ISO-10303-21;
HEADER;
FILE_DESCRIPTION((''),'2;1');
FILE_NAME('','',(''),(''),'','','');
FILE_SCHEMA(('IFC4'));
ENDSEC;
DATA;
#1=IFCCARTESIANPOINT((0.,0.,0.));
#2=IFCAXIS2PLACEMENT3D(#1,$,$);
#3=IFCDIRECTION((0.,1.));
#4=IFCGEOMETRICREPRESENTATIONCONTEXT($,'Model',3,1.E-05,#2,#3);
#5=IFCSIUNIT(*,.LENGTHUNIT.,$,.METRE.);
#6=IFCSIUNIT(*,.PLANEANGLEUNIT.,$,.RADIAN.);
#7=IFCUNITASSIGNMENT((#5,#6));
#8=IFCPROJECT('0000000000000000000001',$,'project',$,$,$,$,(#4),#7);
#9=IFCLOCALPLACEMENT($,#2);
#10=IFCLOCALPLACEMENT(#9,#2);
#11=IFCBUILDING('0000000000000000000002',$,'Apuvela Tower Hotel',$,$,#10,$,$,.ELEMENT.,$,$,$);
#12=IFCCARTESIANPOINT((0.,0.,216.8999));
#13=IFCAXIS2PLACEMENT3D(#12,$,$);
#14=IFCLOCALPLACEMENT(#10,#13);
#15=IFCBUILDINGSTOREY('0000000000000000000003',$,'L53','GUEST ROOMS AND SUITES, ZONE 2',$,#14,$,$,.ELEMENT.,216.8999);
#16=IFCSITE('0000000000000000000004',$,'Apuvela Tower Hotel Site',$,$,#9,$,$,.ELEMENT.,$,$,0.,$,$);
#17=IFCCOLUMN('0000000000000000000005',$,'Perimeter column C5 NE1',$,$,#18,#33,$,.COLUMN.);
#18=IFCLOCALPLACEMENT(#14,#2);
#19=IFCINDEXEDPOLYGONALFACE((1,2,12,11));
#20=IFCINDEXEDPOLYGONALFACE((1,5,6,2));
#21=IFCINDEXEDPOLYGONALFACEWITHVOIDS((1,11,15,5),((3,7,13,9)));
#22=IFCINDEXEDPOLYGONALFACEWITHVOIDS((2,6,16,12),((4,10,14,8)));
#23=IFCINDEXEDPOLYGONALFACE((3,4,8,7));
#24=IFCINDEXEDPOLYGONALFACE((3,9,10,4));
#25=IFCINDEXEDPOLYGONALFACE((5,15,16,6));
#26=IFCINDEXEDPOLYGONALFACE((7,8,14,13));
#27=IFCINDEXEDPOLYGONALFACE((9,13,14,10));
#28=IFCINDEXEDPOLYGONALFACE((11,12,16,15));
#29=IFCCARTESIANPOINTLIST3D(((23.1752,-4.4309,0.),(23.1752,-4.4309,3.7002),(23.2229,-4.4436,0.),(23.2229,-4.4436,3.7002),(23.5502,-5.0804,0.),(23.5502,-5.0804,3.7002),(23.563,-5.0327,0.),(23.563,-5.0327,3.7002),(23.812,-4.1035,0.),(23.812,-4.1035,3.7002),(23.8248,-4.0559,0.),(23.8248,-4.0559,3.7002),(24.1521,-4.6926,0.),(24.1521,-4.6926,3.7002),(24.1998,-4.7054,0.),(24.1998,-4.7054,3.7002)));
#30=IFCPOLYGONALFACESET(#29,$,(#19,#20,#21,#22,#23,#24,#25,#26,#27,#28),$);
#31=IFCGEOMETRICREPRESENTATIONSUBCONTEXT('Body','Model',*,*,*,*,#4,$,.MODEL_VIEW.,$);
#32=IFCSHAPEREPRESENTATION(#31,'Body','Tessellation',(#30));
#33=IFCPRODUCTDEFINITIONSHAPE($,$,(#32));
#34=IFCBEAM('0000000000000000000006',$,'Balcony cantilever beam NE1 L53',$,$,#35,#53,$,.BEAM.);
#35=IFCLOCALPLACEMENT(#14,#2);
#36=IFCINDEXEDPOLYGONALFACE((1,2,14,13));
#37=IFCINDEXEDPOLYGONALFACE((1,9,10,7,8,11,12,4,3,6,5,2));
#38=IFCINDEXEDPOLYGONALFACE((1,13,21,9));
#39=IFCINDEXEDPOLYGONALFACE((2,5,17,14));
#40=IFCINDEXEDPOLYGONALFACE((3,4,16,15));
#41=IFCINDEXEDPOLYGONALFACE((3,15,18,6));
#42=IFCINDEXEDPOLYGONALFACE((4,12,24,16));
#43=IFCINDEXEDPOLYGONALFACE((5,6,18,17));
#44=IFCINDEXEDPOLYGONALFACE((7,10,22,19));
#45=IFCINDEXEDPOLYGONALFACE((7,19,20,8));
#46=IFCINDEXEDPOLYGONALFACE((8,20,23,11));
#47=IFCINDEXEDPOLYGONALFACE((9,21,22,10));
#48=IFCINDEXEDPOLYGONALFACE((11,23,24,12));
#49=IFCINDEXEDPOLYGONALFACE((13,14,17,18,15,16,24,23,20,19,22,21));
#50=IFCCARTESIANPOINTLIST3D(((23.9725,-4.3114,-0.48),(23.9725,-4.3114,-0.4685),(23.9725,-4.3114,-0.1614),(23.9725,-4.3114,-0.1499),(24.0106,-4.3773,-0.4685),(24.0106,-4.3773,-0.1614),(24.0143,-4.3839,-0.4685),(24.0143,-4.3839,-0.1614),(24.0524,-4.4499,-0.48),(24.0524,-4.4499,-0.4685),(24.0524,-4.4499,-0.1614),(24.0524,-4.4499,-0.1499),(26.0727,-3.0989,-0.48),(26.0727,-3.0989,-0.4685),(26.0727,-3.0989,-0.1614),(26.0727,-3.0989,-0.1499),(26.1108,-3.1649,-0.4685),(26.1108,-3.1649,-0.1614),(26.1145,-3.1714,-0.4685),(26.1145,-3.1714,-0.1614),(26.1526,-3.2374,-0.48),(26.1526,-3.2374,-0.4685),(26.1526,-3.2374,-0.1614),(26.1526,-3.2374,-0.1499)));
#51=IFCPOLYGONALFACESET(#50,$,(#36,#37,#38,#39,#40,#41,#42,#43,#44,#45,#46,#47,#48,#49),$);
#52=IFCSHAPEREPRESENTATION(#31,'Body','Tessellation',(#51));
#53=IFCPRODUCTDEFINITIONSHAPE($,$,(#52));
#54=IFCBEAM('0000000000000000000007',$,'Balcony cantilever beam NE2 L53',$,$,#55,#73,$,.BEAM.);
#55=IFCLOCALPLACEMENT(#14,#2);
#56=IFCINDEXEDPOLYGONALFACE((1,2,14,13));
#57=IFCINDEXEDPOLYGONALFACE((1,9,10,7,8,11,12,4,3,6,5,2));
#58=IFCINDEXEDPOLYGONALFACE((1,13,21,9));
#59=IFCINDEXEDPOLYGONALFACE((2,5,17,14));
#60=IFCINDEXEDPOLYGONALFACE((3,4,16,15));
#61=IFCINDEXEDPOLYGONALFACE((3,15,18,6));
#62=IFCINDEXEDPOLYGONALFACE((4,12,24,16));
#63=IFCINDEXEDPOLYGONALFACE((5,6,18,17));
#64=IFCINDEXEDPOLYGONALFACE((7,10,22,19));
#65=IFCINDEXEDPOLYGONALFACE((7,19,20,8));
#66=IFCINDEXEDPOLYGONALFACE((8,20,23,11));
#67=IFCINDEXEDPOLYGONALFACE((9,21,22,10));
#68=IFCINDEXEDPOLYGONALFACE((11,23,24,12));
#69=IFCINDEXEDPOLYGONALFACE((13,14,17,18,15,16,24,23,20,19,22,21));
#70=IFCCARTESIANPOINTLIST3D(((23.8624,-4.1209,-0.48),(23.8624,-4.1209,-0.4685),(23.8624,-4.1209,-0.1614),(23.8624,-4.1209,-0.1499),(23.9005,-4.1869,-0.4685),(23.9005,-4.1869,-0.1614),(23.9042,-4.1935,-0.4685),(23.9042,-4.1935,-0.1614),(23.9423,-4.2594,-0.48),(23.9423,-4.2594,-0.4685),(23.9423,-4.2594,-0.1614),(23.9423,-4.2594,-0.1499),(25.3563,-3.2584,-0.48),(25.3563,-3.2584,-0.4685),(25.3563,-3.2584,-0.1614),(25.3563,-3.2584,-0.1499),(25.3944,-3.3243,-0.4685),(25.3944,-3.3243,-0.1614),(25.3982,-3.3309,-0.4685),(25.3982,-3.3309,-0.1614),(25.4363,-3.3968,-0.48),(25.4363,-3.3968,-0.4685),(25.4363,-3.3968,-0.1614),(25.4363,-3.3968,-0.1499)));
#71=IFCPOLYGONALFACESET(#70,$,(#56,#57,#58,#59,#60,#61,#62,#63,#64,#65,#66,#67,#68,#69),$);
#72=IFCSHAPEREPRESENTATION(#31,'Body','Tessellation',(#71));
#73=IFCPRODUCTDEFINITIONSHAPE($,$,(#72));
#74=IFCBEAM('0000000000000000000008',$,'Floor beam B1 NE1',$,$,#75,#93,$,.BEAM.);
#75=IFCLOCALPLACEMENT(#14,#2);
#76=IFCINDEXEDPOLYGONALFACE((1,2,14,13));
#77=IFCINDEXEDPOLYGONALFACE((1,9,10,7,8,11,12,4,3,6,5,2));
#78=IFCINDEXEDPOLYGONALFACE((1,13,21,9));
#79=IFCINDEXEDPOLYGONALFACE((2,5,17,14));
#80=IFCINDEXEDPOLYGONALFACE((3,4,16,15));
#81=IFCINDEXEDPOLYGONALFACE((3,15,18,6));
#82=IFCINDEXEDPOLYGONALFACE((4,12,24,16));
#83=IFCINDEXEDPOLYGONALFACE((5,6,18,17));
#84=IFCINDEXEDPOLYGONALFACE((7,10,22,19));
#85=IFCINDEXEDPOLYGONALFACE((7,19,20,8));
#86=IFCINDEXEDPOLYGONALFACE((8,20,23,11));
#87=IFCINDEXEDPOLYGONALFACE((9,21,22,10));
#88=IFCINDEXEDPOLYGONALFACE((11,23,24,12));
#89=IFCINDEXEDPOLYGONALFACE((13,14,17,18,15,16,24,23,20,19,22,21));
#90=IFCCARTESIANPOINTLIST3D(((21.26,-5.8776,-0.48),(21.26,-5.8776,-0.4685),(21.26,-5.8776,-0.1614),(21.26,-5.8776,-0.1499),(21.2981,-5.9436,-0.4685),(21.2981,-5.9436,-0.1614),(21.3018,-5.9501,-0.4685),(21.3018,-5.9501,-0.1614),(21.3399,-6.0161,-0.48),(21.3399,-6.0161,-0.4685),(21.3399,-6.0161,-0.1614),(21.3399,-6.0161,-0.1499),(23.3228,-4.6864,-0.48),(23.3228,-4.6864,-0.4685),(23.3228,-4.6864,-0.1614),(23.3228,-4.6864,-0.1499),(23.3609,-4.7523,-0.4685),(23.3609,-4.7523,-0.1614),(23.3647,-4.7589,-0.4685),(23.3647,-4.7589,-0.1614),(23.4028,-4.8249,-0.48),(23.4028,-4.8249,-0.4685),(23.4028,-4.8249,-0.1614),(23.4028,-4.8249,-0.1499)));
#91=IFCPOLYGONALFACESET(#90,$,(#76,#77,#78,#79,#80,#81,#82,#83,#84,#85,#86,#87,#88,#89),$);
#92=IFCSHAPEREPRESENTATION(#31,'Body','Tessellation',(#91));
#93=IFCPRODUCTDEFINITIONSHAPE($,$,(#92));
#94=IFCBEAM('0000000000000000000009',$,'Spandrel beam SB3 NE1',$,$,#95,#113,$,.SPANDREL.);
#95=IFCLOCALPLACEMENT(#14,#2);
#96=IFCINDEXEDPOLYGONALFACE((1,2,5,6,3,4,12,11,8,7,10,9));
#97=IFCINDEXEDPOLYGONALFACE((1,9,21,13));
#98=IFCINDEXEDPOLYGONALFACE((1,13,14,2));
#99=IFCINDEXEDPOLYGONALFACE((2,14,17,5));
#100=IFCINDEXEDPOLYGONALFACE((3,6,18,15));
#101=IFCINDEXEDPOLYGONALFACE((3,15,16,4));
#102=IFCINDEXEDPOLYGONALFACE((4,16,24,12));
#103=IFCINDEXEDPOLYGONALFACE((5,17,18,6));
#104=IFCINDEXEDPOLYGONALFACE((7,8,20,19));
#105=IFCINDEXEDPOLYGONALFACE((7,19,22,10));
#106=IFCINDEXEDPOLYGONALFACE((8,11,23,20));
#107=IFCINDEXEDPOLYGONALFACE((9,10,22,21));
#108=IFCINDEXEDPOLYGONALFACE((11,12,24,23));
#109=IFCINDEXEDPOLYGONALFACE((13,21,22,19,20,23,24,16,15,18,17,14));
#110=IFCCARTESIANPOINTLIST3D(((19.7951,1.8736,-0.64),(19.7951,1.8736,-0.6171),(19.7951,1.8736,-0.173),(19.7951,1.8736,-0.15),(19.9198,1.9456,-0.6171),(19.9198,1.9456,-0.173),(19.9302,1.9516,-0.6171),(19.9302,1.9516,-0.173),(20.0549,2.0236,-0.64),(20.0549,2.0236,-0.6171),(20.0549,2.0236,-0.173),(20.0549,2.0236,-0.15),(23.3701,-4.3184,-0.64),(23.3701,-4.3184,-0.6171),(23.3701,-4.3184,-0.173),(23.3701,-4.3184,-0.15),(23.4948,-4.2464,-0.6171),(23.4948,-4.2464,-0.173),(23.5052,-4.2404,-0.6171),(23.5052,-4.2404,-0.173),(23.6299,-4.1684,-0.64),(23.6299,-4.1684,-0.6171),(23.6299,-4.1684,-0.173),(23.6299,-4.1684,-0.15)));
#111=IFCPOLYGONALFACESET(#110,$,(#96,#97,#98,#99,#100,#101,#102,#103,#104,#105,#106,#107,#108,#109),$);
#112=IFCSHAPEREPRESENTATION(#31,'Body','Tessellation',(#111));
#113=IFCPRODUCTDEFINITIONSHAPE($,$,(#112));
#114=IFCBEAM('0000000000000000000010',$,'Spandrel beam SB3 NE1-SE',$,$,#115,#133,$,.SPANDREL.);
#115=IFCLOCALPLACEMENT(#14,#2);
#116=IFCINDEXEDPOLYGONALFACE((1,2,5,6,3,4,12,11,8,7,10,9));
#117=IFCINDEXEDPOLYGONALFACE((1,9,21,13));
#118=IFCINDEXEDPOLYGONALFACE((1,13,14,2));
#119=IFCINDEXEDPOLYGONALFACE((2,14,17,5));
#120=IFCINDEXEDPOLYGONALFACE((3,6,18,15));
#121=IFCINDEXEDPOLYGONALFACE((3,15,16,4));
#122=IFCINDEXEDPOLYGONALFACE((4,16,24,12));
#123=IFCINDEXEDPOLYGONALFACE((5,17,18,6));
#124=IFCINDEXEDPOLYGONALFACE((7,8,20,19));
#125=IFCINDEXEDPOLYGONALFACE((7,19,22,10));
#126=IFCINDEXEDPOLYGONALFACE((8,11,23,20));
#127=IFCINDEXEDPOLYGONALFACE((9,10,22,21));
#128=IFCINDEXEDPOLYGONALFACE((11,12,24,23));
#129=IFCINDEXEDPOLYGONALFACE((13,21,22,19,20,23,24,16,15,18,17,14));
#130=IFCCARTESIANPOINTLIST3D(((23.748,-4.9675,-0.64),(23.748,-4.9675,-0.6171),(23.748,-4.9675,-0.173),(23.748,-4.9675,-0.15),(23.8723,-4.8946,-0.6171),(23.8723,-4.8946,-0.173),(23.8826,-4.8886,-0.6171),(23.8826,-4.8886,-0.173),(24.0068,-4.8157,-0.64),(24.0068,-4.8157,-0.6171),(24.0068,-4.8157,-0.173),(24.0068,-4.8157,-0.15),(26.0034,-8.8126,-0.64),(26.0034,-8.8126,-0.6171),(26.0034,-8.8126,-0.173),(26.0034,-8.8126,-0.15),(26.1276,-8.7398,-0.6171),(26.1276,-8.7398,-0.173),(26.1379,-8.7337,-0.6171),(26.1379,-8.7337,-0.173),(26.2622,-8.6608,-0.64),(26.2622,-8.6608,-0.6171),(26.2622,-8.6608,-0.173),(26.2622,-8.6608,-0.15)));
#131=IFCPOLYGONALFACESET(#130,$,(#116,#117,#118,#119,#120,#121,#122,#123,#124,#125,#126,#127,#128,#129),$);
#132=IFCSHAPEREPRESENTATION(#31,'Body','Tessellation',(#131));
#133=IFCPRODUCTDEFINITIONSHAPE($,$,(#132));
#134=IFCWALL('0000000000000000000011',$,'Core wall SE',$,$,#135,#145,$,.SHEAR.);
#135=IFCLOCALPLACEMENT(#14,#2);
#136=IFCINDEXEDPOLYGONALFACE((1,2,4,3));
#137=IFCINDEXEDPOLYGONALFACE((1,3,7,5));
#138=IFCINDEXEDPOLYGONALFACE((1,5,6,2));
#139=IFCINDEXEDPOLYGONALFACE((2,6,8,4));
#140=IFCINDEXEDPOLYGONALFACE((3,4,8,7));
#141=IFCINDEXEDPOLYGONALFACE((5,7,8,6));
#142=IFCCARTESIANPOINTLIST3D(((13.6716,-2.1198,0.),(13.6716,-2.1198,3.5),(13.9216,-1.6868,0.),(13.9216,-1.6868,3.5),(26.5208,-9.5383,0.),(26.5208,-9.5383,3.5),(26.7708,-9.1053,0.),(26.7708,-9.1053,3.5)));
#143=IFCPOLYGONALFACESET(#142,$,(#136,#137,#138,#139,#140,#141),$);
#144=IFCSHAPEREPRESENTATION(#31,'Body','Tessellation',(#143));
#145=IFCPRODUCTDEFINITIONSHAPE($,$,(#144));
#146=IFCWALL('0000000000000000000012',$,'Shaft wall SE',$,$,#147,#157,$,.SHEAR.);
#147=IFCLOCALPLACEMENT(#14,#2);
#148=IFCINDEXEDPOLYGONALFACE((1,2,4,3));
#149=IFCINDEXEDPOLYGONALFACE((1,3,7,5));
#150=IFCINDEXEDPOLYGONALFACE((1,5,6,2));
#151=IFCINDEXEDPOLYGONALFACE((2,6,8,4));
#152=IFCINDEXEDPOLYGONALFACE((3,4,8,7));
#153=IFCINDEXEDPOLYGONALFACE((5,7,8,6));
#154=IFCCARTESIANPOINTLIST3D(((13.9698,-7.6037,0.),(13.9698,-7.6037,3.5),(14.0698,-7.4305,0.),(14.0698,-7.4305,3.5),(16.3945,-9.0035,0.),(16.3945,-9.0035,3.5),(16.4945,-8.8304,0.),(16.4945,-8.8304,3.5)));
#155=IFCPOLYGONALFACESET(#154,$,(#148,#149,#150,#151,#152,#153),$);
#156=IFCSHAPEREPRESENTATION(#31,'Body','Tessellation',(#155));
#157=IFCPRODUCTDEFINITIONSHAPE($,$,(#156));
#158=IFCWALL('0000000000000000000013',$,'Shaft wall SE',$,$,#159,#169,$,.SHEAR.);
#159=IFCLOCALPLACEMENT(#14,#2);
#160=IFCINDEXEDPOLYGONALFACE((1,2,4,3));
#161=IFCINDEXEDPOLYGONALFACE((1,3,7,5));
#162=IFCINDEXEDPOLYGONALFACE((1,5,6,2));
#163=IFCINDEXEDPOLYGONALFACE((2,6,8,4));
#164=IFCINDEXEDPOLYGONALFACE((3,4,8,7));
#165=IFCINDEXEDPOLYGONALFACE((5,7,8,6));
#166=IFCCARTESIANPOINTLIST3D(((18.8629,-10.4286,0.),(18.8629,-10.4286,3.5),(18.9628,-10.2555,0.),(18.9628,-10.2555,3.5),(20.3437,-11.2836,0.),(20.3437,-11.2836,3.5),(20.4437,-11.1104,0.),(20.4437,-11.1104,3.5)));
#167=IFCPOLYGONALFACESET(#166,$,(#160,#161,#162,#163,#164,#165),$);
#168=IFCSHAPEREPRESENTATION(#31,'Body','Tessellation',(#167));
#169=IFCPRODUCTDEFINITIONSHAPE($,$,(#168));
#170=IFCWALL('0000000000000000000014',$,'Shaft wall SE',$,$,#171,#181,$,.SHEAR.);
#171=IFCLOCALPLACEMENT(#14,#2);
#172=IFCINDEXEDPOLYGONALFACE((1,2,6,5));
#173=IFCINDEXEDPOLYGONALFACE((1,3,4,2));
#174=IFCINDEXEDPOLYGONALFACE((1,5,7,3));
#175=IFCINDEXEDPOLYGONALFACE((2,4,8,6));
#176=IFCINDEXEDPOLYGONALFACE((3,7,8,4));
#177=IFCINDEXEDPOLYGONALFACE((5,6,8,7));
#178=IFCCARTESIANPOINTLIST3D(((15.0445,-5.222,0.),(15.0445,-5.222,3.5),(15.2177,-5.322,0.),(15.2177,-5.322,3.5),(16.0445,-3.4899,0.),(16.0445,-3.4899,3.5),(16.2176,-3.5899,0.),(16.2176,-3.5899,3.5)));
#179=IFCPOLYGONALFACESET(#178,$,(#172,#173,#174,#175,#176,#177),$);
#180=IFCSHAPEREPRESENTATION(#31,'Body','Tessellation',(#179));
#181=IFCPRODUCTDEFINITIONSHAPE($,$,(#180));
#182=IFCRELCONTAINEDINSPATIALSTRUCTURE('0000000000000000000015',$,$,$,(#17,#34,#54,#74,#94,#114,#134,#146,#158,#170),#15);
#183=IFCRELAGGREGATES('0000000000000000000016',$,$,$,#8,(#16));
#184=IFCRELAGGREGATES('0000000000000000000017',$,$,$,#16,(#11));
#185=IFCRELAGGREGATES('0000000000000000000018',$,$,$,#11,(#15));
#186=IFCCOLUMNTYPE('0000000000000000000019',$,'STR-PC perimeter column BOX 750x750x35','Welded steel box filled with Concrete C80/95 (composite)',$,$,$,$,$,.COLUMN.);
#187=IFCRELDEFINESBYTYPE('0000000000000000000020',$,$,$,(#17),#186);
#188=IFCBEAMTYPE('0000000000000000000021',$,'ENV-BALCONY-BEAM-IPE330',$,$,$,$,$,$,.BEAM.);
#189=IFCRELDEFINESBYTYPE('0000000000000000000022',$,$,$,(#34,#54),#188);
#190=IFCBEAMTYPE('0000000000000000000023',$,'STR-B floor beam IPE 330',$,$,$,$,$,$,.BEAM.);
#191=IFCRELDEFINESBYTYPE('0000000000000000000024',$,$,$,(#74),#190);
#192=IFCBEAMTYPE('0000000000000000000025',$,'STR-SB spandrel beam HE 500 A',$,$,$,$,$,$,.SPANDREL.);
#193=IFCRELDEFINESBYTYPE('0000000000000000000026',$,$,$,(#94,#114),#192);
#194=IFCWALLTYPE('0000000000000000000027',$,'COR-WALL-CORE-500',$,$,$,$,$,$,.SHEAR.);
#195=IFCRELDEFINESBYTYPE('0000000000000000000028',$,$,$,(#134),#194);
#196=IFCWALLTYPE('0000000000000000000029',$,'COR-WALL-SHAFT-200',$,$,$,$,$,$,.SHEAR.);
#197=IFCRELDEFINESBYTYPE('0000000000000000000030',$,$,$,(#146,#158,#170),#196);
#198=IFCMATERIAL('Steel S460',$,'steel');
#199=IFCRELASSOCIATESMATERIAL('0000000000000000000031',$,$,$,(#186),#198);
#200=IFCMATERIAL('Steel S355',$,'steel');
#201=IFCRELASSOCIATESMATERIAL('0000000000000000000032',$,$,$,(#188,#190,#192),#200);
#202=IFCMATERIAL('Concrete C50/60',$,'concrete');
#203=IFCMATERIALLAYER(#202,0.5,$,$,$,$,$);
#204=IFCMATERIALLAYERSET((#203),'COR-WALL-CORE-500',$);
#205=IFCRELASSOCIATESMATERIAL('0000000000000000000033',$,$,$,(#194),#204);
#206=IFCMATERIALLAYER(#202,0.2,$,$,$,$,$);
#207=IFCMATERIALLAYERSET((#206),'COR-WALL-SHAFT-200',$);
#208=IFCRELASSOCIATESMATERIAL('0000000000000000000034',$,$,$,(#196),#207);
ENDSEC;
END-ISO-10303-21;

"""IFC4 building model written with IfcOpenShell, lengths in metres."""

from ifc_helpers import new_model, si_unit, direction, frame, frame_2d, origin, origin_2d, place, context, subcontext, project, spatial, rectangle, hollow_rectangle, i_section, extrude, material, layer, layer_set, material_profile, profile_set, type_object, element, save


model = new_model("IFC4")

# Units and contexts
model_context = context("Model", 3, precision=1e-05, world=origin(), true_north=direction((0.0, 1.0)))
body_context = subcontext(model_context, "Body", "Model", "MODEL_VIEW")
ifc_project = project(units=[si_unit("LENGTHUNIT", "METRE"), si_unit("PLANEANGLEUNIT", "RADIAN")], contexts=[model_context])

# Site, building, storey
site_placement = place(None, origin())
site = spatial("IfcSite", under=ifc_project, at=site_placement, Name="Apuvela Tower Hotel Site", CompositionType="ELEMENT", RefElevation=0.0)
building_placement = place(site_placement, origin())
building = spatial("IfcBuilding", under=site, at=building_placement, Name="Apuvela Tower Hotel", CompositionType="ELEMENT")
storey_placement = place(building_placement, frame((0.0, 0.0, 216.8999)))
storey = spatial("IfcBuildingStorey", under=building, at=storey_placement, Name="L53", Description="GUEST ROOMS AND SUITES, ZONE 2", CompositionType="ELEMENT", Elevation=216.8999)

# Column
ifc_material_1 = material(Name="Steel S460", Category="steel")
ifc_material_profile_1 = material_profile(ifc_material_1, hollow_rectangle(XDim=0.75, YDim=0.75, WallThickness=0.0349, at=origin_2d()), Name="BOX 750x750x35")
ifc_material_2 = material(Name="Concrete C80/95", Category="concrete")
ifc_material_profile_2 = material_profile(ifc_material_2, rectangle(XDim=0.6799, YDim=0.6799, at=origin_2d()), Name="Concrete C80/95 infill")
ifc_profile_set_1 = profile_set([ifc_material_profile_1, ifc_material_profile_2], Name="Steel S460")
column_type = type_object("IfcColumnType", Name="STR-PC perimeter column BOX 750x750x35", Description="Welded steel box filled with Concrete C80/95 (composite)", PredefinedType="COLUMN", material=ifc_profile_set_1)
column_placement = place(storey_placement, frame((23.6875, -4.5681, 0.0), z_axis=(0.0, 0.0, 1.0), x_axis=(-0.5, 0.866025, 0.0)))
element("IfcColumn", 1, at=column_placement, inside=storey, type_object=column_type, Name="Perimeter column C5 NE1", PredefinedType="COLUMN", context=body_context, shape_type="SweptSolid", body=[
    extrude(hollow_rectangle(XDim=0.75, YDim=0.75, WallThickness=0.0349, at=origin_2d()), origin(), (0.0, 0.0, 1.0), 3.7002),
])

# Beams
ifc_material_3 = material(Name="Steel S355", Category="steel")
ifc_material_profile_3 = material_profile(ifc_material_3, i_section(OverallWidth=0.1599, OverallDepth=0.3301, WebThickness=0.0076, FlangeThickness=0.0115, at=origin_2d()), Name="IPE 330")
ifc_profile_set_2 = profile_set([ifc_material_profile_3], Name="Steel S355")
beam_type_1 = type_object("IfcBeamType", Name="ENV-BALCONY-BEAM-IPE330", PredefinedType="BEAM", material=ifc_profile_set_2)
beam_1_placement = place(storey_placement, frame((24.0125, -4.3806, -0.3149), z_axis=(0.866041, 0.499972, 0.0), x_axis=(-0.499972, 0.866041, 0.0)))
element("IfcBeam", 2, at=beam_1_placement, inside=storey, type_object=beam_type_1, Name="Balcony cantilever beam NE1 L53", PredefinedType="BEAM", context=body_context, shape_type="SweptSolid", body=[
    extrude(i_section(OverallWidth=0.1599, OverallDepth=0.3301, WebThickness=0.0076, FlangeThickness=0.0115, at=origin_2d()), origin(), (0.0, 0.0, 1.0), 2.425),
])
beam_2_placement = place(storey_placement, frame((23.9023, -4.1902, -0.3149), z_axis=(0.866014, 0.500021, 0.0), x_axis=(-0.500021, 0.866014, 0.0)))
element("IfcBeam", 3, at=beam_2_placement, inside=storey, type_object=beam_type_1, Name="Balcony cantilever beam NE2 L53", PredefinedType="BEAM", context=body_context, shape_type="SweptSolid", body=[
    extrude(i_section(OverallWidth=0.1599, OverallDepth=0.3301, WebThickness=0.0076, FlangeThickness=0.0115, at=origin_2d()), origin(), (0.0, 0.0, 1.0), 1.7251),
])
ifc_material_profile_4 = material_profile(ifc_material_3, i_section(OverallWidth=0.1599, OverallDepth=0.3301, WebThickness=0.0076, FlangeThickness=0.0115, at=origin_2d()), Name="IPE 330")
ifc_profile_set_3 = profile_set([ifc_material_profile_4], Name="Steel S355")
beam_type_2 = type_object("IfcBeamType", Name="STR-B floor beam IPE 330", PredefinedType="BEAM", material=ifc_profile_set_3)
beam_3_placement = place(storey_placement, frame((23.3628, -4.7556, -0.3149), z_axis=(-0.865982, -0.500074, 0.0), x_axis=(0.500074, -0.865982, 0.0)))
element("IfcBeam", 4, at=beam_3_placement, inside=storey, type_object=beam_type_2, Name="Floor beam B1 NE1", PredefinedType="BEAM", context=body_context, shape_type="SweptSolid", body=[
    extrude(i_section(OverallWidth=0.1599, OverallDepth=0.3301, WebThickness=0.0076, FlangeThickness=0.0115, at=origin_2d()), origin(), (0.0, 0.0, 1.0), 2.3821),
])
ifc_material_profile_5 = material_profile(ifc_material_3, i_section(OverallWidth=0.3, OverallDepth=0.49, WebThickness=0.012, FlangeThickness=0.0229, at=origin_2d()), Name="HE 500 A")
ifc_profile_set_4 = profile_set([ifc_material_profile_5], Name="Steel S355")
beam_type_3 = type_object("IfcBeamType", Name="STR-SB spandrel beam HE 500 A", PredefinedType="SPANDREL", material=ifc_profile_set_4)
beam_4_placement = place(storey_placement, frame((23.5, -4.2434, -0.395), z_axis=(-0.500006, 0.866022, 0.0), x_axis=(-0.866022, -0.500006, 0.0)))
element("IfcBeam", 5, at=beam_4_placement, inside=storey, type_object=beam_type_3, Name="Spandrel beam SB3 NE1", PredefinedType="SPANDREL", context=body_context, shape_type="SweptSolid", body=[
    extrude(i_section(OverallWidth=0.3, OverallDepth=0.49, WebThickness=0.012, FlangeThickness=0.0229, at=origin_2d()), origin(), (0.0, 0.0, 1.0), 7.1499),
])
beam_5_placement = place(storey_placement, frame((23.8774, -4.8916, -0.395), z_axis=(0.505933, -0.862573, 0.0), x_axis=(0.862573, 0.505933, 0.0)))
element("IfcBeam", 6, at=beam_5_placement, inside=storey, type_object=beam_type_3, Name="Spandrel beam SB3 NE1-SE", PredefinedType="SPANDREL", context=body_context, shape_type="SweptSolid", body=[
    extrude(i_section(OverallWidth=0.3, OverallDepth=0.49, WebThickness=0.012, FlangeThickness=0.0229, at=origin_2d()), origin(), (0.0, 0.0, 1.0), 4.4578),
])

# Walls
ifc_material_4 = material(Name="Concrete C50/60", Category="concrete")
ifc_layer_1 = layer(ifc_material_4, 0.5)
ifc_layer_set_1 = layer_set([ifc_layer_1], Name="COR-WALL-CORE-500")
wall_type_1 = type_object("IfcWallType", Name="COR-WALL-CORE-500", PredefinedType="SHEAR", material=ifc_layer_set_1)
wall_1_placement = place(storey_placement, frame((13.7966, -1.9033, 0.0), z_axis=(0.0, 0.0, 1.0), x_axis=(0.866025, -0.500001, 0.0)))
element("IfcWall", 7, at=wall_1_placement, inside=storey, type_object=wall_type_1, Name="Core wall SE", PredefinedType="SHEAR", context=body_context, shape_type="SweptSolid", body=[
    extrude(rectangle(XDim=14.8369, YDim=0.5, at=frame_2d((7.4185, 0.0))), origin(), (0.0, 0.0, 1.0), 3.5),
])
ifc_layer_2 = layer(ifc_material_4, 0.2)
ifc_layer_set_2 = layer_set([ifc_layer_2], Name="COR-WALL-SHAFT-200")
wall_type_2 = type_object("IfcWallType", Name="COR-WALL-SHAFT-200", PredefinedType="SHEAR", material=ifc_layer_set_2)
wall_2_placement = place(storey_placement, frame((14.0198, -7.5171, 0.0), z_axis=(0.0, 0.0, 1.0), x_axis=(0.866035, -0.499984, 0.0)))
element("IfcWall", 8, at=wall_2_placement, inside=storey, type_object=wall_type_2, Name="Shaft wall SE", PredefinedType="SHEAR", context=body_context, shape_type="SweptSolid", body=[
    extrude(rectangle(XDim=2.7998, YDim=0.2, at=frame_2d((1.3999, 0.0))), origin(), (0.0, 0.0, 1.0), 3.5),
])
wall_3_placement = place(storey_placement, frame((18.9128, -10.342, 0.0), z_axis=(0.0, 0.0, 1.0), x_axis=(0.866038, -0.499978, 0.0)))
element("IfcWall", 9, at=wall_3_placement, inside=storey, type_object=wall_type_2, Name="Shaft wall SE", PredefinedType="SHEAR", context=body_context, shape_type="SweptSolid", body=[
    extrude(rectangle(XDim=1.71, YDim=0.2, at=frame_2d((0.855, 0.0))), origin(), (0.0, 0.0, 1.0), 3.5),
])
for number, where, z_axis, x_axis, name in (
    (10, (15.1311, -5.272, 0.0), (0.0, 0.0, 1.0), (0.499973, 0.866041, 0.0), "Shaft wall SE"),
):
    element("IfcWall", number, at=place(storey_placement, frame(where, z_axis=z_axis, x_axis=x_axis)), inside=storey, type_object=wall_type_2, Name=name, PredefinedType="SHEAR", context=body_context, shape_type="SweptSolid", body=[
        extrude(rectangle(XDim=2.0, YDim=0.2, at=frame_2d((1.0, 0.0))), origin(), (0.0, 0.0, 1.0), 3.5),
    ])

save(model, "model.ifc")
